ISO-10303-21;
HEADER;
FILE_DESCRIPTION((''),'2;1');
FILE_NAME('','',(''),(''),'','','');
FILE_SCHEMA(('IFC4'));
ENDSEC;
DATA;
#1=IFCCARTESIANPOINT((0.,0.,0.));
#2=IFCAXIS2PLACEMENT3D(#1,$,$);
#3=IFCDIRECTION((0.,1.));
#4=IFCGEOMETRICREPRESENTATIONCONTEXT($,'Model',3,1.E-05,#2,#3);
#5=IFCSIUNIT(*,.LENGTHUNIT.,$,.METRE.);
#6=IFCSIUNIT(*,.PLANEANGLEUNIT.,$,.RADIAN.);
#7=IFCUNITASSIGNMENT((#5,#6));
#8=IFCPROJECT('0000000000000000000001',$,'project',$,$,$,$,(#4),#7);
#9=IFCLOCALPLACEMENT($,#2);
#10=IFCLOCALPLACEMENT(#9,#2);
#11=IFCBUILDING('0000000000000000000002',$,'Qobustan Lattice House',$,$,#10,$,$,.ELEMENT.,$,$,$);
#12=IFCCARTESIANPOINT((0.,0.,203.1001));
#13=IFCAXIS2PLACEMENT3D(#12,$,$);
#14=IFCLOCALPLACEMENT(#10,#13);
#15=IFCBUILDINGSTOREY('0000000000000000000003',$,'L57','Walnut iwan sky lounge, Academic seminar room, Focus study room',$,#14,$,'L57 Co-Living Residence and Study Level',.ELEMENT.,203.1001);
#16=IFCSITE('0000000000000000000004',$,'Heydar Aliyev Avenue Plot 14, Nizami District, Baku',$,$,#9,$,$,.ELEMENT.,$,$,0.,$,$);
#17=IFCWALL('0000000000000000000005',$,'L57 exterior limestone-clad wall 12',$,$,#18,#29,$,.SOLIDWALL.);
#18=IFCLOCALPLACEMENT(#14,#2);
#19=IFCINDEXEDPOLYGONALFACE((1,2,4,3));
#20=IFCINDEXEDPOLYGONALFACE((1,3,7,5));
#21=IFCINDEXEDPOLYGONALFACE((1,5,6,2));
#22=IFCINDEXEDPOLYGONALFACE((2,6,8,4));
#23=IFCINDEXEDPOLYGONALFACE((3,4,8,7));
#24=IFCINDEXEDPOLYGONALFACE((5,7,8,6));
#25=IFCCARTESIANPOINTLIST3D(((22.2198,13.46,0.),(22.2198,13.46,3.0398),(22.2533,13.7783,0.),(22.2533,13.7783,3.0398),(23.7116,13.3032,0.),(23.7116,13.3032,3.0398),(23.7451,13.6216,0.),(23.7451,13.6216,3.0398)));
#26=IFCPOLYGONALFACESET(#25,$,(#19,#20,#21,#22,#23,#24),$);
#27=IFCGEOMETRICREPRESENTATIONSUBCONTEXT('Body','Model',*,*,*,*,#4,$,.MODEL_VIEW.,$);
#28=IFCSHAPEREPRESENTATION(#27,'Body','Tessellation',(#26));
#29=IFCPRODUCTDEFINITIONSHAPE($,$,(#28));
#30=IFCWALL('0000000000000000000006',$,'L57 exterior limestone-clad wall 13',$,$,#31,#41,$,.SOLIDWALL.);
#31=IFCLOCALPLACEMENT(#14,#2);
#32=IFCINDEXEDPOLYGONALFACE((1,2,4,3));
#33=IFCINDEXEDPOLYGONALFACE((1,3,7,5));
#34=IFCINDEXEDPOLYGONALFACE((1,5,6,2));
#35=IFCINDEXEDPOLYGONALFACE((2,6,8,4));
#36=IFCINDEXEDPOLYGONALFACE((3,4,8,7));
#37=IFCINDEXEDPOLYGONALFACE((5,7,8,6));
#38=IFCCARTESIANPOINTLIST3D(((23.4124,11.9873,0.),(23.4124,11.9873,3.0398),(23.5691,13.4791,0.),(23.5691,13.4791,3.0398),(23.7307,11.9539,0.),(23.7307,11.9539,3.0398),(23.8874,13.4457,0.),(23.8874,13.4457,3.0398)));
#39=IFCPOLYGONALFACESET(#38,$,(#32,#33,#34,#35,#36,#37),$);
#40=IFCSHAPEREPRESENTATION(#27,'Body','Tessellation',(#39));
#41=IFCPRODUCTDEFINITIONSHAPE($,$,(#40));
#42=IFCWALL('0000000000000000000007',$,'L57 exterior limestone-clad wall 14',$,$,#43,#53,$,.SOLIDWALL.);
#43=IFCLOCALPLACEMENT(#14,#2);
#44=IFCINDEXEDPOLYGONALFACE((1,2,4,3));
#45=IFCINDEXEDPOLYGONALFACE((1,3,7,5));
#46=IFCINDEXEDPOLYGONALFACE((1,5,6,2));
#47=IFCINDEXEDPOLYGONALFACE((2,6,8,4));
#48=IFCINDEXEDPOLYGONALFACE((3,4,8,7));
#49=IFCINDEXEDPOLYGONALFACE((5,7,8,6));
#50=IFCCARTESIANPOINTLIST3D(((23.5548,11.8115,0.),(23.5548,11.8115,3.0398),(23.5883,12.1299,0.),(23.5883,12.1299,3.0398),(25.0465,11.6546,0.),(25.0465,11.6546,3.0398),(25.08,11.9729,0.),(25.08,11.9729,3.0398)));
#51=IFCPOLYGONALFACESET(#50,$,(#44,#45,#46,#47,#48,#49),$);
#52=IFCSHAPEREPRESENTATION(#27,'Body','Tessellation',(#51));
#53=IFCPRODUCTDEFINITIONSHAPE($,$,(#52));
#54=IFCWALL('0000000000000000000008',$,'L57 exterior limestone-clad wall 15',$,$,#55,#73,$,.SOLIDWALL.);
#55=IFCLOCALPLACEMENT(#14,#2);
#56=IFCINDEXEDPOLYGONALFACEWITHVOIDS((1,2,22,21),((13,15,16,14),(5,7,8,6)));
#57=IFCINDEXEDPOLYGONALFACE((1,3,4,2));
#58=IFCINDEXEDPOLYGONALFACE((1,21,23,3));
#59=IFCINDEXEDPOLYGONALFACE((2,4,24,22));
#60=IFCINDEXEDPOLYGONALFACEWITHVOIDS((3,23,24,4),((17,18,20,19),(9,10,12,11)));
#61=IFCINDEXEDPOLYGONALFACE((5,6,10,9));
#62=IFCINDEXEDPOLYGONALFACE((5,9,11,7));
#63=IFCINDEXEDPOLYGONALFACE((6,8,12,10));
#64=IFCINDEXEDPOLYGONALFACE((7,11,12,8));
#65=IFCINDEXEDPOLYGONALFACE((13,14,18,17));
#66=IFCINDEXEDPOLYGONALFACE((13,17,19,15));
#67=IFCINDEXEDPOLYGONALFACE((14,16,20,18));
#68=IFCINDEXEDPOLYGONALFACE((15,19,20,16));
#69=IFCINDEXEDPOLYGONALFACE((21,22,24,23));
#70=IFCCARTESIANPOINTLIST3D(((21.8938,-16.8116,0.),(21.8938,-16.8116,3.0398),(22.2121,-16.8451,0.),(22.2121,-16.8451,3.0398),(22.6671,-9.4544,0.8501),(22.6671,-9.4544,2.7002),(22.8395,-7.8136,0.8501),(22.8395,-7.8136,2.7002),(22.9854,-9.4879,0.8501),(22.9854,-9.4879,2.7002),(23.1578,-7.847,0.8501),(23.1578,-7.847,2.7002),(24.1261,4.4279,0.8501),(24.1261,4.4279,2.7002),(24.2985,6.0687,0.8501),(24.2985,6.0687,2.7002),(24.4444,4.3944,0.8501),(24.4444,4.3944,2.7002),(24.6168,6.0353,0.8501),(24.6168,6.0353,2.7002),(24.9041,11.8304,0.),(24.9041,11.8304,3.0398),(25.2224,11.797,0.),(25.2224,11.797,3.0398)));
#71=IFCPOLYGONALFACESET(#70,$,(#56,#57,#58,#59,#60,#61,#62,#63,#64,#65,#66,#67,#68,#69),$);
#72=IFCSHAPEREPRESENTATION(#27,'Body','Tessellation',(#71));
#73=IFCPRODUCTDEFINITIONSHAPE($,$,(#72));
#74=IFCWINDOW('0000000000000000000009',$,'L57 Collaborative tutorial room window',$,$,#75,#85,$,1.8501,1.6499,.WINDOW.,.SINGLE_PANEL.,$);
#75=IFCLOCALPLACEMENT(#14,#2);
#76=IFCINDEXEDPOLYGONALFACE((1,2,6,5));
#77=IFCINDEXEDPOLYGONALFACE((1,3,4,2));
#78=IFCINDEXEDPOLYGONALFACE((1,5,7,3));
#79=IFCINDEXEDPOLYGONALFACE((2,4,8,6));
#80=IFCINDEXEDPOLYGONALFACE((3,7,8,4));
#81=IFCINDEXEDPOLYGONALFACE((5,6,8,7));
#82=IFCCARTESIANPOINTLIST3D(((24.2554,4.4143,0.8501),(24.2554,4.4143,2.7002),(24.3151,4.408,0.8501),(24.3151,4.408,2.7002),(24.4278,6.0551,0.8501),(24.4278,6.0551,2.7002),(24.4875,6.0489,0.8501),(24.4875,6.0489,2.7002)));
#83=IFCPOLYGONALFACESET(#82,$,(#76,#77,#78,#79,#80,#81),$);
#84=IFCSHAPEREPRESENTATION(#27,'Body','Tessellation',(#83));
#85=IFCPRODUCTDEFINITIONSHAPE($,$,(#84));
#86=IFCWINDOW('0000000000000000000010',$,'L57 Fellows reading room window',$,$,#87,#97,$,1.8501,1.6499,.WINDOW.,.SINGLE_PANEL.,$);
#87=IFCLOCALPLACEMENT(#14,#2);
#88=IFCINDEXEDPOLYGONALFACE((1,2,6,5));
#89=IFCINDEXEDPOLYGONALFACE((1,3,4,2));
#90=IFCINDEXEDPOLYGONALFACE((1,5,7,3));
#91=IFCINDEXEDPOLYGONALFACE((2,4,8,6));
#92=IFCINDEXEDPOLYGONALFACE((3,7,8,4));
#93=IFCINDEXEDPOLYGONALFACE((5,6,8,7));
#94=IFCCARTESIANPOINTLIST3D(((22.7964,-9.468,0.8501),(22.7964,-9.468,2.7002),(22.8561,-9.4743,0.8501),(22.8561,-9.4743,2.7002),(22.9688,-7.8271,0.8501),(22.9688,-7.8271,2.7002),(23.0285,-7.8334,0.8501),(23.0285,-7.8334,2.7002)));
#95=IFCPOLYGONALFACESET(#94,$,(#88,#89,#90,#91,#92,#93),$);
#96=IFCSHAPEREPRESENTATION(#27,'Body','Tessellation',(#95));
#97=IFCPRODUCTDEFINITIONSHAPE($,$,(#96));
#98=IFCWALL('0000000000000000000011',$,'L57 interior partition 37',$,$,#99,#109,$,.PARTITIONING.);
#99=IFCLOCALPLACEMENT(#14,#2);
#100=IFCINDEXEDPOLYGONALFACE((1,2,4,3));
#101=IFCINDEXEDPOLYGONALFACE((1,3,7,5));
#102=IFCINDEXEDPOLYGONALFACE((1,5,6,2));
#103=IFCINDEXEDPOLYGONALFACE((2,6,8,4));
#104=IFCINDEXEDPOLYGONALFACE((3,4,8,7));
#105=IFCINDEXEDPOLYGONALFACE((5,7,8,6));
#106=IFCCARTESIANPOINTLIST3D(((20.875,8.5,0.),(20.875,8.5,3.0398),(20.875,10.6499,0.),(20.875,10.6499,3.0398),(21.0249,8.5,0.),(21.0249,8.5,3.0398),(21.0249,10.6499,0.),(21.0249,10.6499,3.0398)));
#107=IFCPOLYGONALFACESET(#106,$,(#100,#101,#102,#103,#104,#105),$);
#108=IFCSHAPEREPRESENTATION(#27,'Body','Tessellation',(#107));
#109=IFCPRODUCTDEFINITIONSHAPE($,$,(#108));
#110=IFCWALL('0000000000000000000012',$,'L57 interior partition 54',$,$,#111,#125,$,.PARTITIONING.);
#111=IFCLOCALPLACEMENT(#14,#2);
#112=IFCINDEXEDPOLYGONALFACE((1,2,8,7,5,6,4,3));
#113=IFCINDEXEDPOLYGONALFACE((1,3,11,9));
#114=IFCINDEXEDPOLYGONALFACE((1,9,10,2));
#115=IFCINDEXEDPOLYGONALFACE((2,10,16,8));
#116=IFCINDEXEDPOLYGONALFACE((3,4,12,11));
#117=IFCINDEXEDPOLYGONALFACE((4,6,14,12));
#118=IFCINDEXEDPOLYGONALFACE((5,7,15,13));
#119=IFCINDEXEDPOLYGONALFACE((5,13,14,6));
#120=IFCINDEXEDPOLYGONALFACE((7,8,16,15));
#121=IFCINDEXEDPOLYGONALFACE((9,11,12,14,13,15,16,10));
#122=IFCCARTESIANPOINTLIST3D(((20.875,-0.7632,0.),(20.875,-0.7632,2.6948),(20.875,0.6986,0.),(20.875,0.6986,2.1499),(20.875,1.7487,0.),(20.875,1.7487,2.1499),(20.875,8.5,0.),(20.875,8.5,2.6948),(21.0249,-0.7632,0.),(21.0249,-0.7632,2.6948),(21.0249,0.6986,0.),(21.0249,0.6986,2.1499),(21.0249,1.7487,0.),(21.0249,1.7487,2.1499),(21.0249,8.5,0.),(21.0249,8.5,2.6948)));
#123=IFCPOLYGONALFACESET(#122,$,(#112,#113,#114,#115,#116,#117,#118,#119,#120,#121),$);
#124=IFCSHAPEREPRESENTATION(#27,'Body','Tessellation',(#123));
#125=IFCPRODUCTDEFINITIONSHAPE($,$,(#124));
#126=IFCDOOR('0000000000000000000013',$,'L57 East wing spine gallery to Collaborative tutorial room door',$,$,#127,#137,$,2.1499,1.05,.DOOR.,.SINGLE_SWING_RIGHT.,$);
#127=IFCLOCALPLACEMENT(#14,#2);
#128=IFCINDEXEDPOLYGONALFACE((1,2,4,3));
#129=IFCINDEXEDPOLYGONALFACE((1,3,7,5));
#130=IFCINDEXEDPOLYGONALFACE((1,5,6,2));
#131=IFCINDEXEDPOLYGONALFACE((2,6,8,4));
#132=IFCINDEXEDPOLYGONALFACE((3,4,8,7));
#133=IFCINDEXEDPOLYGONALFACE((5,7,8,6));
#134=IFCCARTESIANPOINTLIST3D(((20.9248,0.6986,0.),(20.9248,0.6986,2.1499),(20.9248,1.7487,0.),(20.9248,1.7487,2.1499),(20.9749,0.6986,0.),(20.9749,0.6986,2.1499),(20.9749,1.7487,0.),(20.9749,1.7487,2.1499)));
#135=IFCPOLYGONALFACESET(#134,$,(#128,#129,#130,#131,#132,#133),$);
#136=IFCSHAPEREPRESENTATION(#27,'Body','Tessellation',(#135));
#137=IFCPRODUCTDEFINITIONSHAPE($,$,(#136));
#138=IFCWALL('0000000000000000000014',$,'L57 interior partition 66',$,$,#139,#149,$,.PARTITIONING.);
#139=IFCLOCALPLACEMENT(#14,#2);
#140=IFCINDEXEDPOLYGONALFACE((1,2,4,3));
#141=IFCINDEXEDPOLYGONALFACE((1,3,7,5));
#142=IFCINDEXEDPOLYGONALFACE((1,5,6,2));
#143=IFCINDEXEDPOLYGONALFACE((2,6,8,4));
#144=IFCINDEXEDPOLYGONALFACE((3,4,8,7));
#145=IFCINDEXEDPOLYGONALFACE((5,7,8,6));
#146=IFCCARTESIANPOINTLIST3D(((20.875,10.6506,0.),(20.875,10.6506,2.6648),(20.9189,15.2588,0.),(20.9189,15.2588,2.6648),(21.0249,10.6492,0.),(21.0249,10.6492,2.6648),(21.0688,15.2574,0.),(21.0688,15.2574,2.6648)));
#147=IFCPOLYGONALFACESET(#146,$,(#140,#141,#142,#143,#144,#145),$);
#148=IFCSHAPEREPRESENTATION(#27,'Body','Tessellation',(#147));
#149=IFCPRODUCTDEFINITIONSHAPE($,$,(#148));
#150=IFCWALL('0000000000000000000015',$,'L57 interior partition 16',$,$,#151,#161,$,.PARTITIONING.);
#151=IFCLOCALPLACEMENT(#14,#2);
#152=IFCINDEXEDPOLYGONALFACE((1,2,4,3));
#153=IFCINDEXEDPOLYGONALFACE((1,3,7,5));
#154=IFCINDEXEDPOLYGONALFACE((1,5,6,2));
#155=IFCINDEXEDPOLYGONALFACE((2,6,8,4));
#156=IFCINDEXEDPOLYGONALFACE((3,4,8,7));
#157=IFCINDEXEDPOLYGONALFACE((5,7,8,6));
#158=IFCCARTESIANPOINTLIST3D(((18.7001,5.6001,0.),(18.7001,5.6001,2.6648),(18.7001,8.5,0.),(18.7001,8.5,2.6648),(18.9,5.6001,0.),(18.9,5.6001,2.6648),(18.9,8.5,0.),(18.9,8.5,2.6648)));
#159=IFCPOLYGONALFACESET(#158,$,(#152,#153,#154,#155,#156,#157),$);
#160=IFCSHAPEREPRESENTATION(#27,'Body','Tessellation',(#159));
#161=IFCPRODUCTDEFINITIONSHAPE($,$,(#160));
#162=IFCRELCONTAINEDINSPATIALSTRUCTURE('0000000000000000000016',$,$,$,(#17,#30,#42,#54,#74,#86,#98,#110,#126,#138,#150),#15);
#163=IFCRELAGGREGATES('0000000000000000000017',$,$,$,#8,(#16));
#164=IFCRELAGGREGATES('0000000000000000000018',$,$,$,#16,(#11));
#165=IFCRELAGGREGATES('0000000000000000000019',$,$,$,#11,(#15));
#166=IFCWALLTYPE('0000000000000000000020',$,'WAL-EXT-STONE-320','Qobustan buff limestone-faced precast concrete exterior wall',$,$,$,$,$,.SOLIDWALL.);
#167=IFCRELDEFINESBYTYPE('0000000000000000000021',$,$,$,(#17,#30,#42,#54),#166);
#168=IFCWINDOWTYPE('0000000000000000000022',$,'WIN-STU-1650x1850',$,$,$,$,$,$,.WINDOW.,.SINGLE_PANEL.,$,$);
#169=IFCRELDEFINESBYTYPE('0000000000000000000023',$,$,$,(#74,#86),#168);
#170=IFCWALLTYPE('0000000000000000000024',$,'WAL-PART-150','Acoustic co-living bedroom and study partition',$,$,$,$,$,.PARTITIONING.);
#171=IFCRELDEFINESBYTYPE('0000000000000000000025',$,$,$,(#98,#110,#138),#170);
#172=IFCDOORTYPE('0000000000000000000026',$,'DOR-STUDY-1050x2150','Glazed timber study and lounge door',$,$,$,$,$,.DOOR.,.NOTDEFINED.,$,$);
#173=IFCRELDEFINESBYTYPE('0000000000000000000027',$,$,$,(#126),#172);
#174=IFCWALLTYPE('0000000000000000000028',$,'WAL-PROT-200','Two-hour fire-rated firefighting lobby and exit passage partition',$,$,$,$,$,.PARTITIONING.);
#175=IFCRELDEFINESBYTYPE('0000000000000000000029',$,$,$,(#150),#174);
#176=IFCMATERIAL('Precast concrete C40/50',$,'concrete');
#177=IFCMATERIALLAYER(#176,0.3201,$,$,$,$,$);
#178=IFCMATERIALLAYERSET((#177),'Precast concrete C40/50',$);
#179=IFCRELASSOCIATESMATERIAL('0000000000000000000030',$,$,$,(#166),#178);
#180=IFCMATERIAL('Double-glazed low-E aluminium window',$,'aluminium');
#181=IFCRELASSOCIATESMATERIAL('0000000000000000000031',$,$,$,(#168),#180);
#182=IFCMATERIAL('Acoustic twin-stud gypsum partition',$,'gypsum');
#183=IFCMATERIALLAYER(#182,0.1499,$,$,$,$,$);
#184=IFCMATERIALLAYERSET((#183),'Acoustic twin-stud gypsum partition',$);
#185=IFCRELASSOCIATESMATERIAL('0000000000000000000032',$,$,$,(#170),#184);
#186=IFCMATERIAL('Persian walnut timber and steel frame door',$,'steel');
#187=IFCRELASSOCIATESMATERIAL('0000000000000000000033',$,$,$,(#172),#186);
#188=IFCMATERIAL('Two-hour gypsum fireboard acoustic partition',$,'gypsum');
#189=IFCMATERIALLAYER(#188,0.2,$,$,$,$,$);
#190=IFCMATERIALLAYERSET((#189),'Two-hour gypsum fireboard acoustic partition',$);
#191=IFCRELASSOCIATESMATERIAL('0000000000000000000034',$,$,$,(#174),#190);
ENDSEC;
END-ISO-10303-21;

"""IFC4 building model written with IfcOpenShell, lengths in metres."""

from ifc_helpers import new_model, si_unit, direction, frame, frame_2d, origin, place, context, subcontext, project, spatial, rectangle, extrude, material, layer, layer_set, type_object, element, fill, save


model = new_model("IFC4")

# Units and contexts
model_context = context("Model", 3, precision=1e-05, world=origin(), true_north=direction((0.0, 1.0)))
body_context = subcontext(model_context, "Body", "Model", "MODEL_VIEW")
ifc_project = project(units=[si_unit("LENGTHUNIT", "METRE"), si_unit("PLANEANGLEUNIT", "RADIAN")], contexts=[model_context])

# Site, building, storey
site_placement = place(None, origin())
site = spatial("IfcSite", under=ifc_project, at=site_placement, Name="Heydar Aliyev Avenue Plot 14, Nizami District, Baku", CompositionType="ELEMENT", RefElevation=0.0)
building_placement = place(site_placement, origin())
building = spatial("IfcBuilding", under=site, at=building_placement, Name="Qobustan Lattice House", CompositionType="ELEMENT")
storey_placement = place(building_placement, frame((0.0, 0.0, 203.1001)))
storey = spatial("IfcBuildingStorey", under=building, at=storey_placement, Name="L57", Description="Walnut iwan sky lounge, Academic seminar room, Focus study room", LongName="L57 Co-Living Residence and Study Level", CompositionType="ELEMENT", Elevation=203.1001)

# Walls
ifc_material_1 = material(Name="Precast concrete C40/50", Category="concrete")
ifc_layer_1 = layer(ifc_material_1, 0.3201)
ifc_layer_set_1 = layer_set([ifc_layer_1], Name="Precast concrete C40/50")
wall_type_1 = type_object("IfcWallType", Name="WAL-EXT-STONE-320", Description="Qobustan buff limestone-faced precast concrete exterior wall", PredefinedType="SOLIDWALL", material=ifc_layer_set_1)
for number, where, z_axis, x_axis, name in (
    (1, (22.2366, 13.6191, 0.0), (0.0, 0.0, 1.0), (0.994525, -0.104498, 0.0), "L57 exterior limestone-clad wall 12"),
    (2, (23.7283, 13.4624, 0.0), (0.0, 0.0, 1.0), (-0.104498, -0.994525, 0.0), "L57 exterior limestone-clad wall 13"),
    (3, (23.5715, 11.9707, 0.0), (0.0, 0.0, 1.0), (0.994508, -0.104659, 0.0), "L57 exterior limestone-clad wall 14"),
):
    element("IfcWall", number, at=place(storey_placement, frame(where, z_axis=z_axis, x_axis=x_axis)), inside=storey, type_object=wall_type_1, Name=name, PredefinedType="SOLIDWALL", context=body_context, shape_type="SweptSolid", body=[
        extrude(rectangle(XDim=1.5, YDim=0.3201, at=frame_2d((0.75, 0.0))), origin(), (0.0, 0.0, 1.0), 3.0398),
    ])

# Wall, openings, windows
wall_1_placement = place(storey_placement, frame((25.0632, 11.8137, 0.0), z_axis=(0.0, 0.0, 1.0), x_axis=(-0.104523, -0.994522, 0.0)))
wall_1 = element("IfcWall", 4, at=wall_1_placement, inside=storey, type_object=wall_type_1, Name="L57 exterior limestone-clad wall 15", PredefinedType="SOLIDWALL", context=body_context, shape_type="SweptSolid", body=[
    extrude(rectangle(XDim=28.7998, YDim=0.3201, at=frame_2d((14.3999, 0.0))), origin(), (0.0, 0.0, 1.0), 3.0398),
])
opening_1_placement = place(wall_1_placement, frame((5.7935, 0.0, 0.8501)))
opening_1 = element("IfcOpeningElement", 5, at=opening_1_placement, cuts=wall_1, PredefinedType="OPENING", context=body_context, shape_type="SweptSolid", body=[
    extrude(rectangle(XDim=1.6499, YDim=1.8501, at=frame_2d((0.825, 0.925))), frame((0.0, 0.1699, 0.0), z_axis=(0.0, -1.0, 0.0), x_axis=(1.0, 0.0, 0.0)), (0.0, 0.0, 1.0), 0.3401),
])
opening_2_placement = place(wall_1_placement, frame((19.7522, 0.0, 0.8501)))
opening_2 = element("IfcOpeningElement", 6, at=opening_2_placement, cuts=wall_1, PredefinedType="OPENING", context=body_context, shape_type="SweptSolid", body=[
    extrude(rectangle(XDim=1.6499, YDim=1.8501, at=frame_2d((0.825, 0.925))), frame((0.0, 0.1699, 0.0), z_axis=(0.0, -1.0, 0.0), x_axis=(1.0, 0.0, 0.0)), (0.0, 0.0, 1.0), 0.3401),
])
ifc_material_2 = material(Name="Double-glazed low-E aluminium window", Category="aluminium")
window_type = type_object("IfcWindowType", Name="WIN-STU-1650x1850", PartitioningType="SINGLE_PANEL", PredefinedType="WINDOW", material=ifc_material_2)
window_1_placement = place(opening_1_placement, origin())
window_1 = element("IfcWindow", 7, at=window_1_placement, inside=storey, type_object=window_type, Name="L57 Collaborative tutorial room window", OverallHeight=1.8501, OverallWidth=1.6499, PartitioningType="SINGLE_PANEL", PredefinedType="WINDOW", context=body_context, shape_type="SweptSolid", body=[
    extrude(rectangle(XDim=1.6499, YDim=1.8501, at=frame_2d((0.825, 0.925))), frame((0.0, 0.03, 0.0), z_axis=(0.0, -1.0, 0.0), x_axis=(1.0, 0.0, 0.0)), (0.0, 0.0, 1.0), 0.0601),
])
fill(opening_1, window_1)
window_2_placement = place(opening_2_placement, origin())
window_2 = element("IfcWindow", 8, at=window_2_placement, inside=storey, type_object=window_type, Name="L57 Fellows reading room window", OverallHeight=1.8501, OverallWidth=1.6499, PartitioningType="SINGLE_PANEL", PredefinedType="WINDOW", context=body_context, shape_type="SweptSolid", body=[
    extrude(rectangle(XDim=1.6499, YDim=1.8501, at=frame_2d((0.825, 0.925))), frame((0.0, 0.03, 0.0), z_axis=(0.0, -1.0, 0.0), x_axis=(1.0, 0.0, 0.0)), (0.0, 0.0, 1.0), 0.0601),
])
fill(opening_2, window_2)

# Wall
ifc_material_3 = material(Name="Acoustic twin-stud gypsum partition", Category="gypsum")
ifc_layer_2 = layer(ifc_material_3, 0.1499)
ifc_layer_set_2 = layer_set([ifc_layer_2], Name="Acoustic twin-stud gypsum partition")
wall_type_2 = type_object("IfcWallType", Name="WAL-PART-150", Description="Acoustic co-living bedroom and study partition", PredefinedType="PARTITIONING", material=ifc_layer_set_2)
wall_2_placement = place(storey_placement, frame((20.95, 10.6499, 0.0), z_axis=(0.0, 0.0, 1.0), x_axis=(0.0, -1.0, 0.0)))
element("IfcWall", 9, at=wall_2_placement, inside=storey, type_object=wall_type_2, Name="L57 interior partition 37", PredefinedType="PARTITIONING", context=body_context, shape_type="SweptSolid", body=[
    extrude(rectangle(XDim=2.1499, YDim=0.1499, at=frame_2d((1.075, 0.0))), origin(), (0.0, 0.0, 1.0), 3.0398),
])

# Wall, opening, door
wall_3_placement = place(storey_placement, frame((20.95, 8.5, 0.0), z_axis=(0.0, 0.0, 1.0), x_axis=(0.0, -1.0, 0.0)))
wall_3 = element("IfcWall", 10, at=wall_3_placement, inside=storey, type_object=wall_type_2, Name="L57 interior partition 54", PredefinedType="PARTITIONING", context=body_context, shape_type="SweptSolid", body=[
    extrude(rectangle(XDim=9.2632, YDim=0.1499, at=frame_2d((4.6316, 0.0))), origin(), (0.0, 0.0, 1.0), 2.6948),
])
opening_3_placement = place(wall_3_placement, frame((6.7515, 0.0, 0.0)))
opening_3 = element("IfcOpeningElement", 11, at=opening_3_placement, cuts=wall_3, PredefinedType="OPENING", context=body_context, shape_type="SweptSolid", body=[
    extrude(rectangle(XDim=1.05, YDim=2.1499, at=frame_2d((0.5249, 1.075))), frame((0.0, 0.085, 0.0), z_axis=(0.0, -1.0, 0.0), x_axis=(1.0, 0.0, 0.0)), (0.0, 0.0, 1.0), 0.1699),
])
ifc_material_4 = material(Name="Persian walnut timber and steel frame door", Category="steel")
door_type_1 = type_object("IfcDoorType", Name="DOR-STUDY-1050x2150", Description="Glazed timber study and lounge door", OperationType="NOTDEFINED", PredefinedType="DOOR", material=ifc_material_4)
door_1_placement = place(opening_3_placement, origin())
door_1 = element("IfcDoor", 12, at=door_1_placement, inside=storey, type_object=door_type_1, Name="L57 East wing spine gallery to Collaborative tutorial room door", OperationType="SINGLE_SWING_RIGHT", OverallHeight=2.1499, OverallWidth=1.05, PredefinedType="DOOR", context=body_context, shape_type="SweptSolid", body=[
    extrude(rectangle(XDim=1.05, YDim=2.1499, at=frame_2d((0.5249, 1.075))), frame((0.0, 0.0249, 0.0), z_axis=(0.0, -1.0, 0.0), x_axis=(1.0, 0.0, 0.0)), (0.0, 0.0, 1.0), 0.05),
])
fill(opening_3, door_1)

# Wall
wall_4_placement = place(storey_placement, frame((20.95, 10.6499, 0.0), z_axis=(0.0, 0.0, 1.0), x_axis=(0.009536, 0.999955, 0.0)))
element("IfcWall", 13, at=wall_4_placement, inside=storey, type_object=wall_type_2, Name="L57 interior partition 66", PredefinedType="PARTITIONING", context=body_context, shape_type="SweptSolid", body=[
    extrude(rectangle(XDim=4.6084, YDim=0.1499, at=frame_2d((2.3042, 0.0))), origin(), (0.0, 0.0, 1.0), 2.6648),
])

# Shared definitions
ifc_material_5 = material(Name="Two-hour gypsum fireboard acoustic partition", Category="gypsum")
ifc_layer_3 = layer(ifc_material_5, 0.2)
ifc_layer_set_3 = layer_set([ifc_layer_3], Name="Two-hour gypsum fireboard acoustic partition")
wall_type_3 = type_object("IfcWallType", Name="WAL-PROT-200", Description="Two-hour fire-rated firefighting lobby and exit passage partition", PredefinedType="PARTITIONING", material=ifc_layer_set_3)

# Wall
wall_5_placement = place(storey_placement, frame((18.8, 5.6001, 0.0), z_axis=(0.0, 0.0, 1.0), x_axis=(0.0, 1.0, 0.0)))
element("IfcWall", 14, at=wall_5_placement, inside=storey, type_object=wall_type_3, Name="L57 interior partition 16", PredefinedType="PARTITIONING", context=body_context, shape_type="SweptSolid", body=[
    extrude(rectangle(XDim=2.8999, YDim=0.2, at=frame_2d((1.45, 0.0))), origin(), (0.0, 0.0, 1.0), 2.6648),
])

save(model, "model.ifc")
